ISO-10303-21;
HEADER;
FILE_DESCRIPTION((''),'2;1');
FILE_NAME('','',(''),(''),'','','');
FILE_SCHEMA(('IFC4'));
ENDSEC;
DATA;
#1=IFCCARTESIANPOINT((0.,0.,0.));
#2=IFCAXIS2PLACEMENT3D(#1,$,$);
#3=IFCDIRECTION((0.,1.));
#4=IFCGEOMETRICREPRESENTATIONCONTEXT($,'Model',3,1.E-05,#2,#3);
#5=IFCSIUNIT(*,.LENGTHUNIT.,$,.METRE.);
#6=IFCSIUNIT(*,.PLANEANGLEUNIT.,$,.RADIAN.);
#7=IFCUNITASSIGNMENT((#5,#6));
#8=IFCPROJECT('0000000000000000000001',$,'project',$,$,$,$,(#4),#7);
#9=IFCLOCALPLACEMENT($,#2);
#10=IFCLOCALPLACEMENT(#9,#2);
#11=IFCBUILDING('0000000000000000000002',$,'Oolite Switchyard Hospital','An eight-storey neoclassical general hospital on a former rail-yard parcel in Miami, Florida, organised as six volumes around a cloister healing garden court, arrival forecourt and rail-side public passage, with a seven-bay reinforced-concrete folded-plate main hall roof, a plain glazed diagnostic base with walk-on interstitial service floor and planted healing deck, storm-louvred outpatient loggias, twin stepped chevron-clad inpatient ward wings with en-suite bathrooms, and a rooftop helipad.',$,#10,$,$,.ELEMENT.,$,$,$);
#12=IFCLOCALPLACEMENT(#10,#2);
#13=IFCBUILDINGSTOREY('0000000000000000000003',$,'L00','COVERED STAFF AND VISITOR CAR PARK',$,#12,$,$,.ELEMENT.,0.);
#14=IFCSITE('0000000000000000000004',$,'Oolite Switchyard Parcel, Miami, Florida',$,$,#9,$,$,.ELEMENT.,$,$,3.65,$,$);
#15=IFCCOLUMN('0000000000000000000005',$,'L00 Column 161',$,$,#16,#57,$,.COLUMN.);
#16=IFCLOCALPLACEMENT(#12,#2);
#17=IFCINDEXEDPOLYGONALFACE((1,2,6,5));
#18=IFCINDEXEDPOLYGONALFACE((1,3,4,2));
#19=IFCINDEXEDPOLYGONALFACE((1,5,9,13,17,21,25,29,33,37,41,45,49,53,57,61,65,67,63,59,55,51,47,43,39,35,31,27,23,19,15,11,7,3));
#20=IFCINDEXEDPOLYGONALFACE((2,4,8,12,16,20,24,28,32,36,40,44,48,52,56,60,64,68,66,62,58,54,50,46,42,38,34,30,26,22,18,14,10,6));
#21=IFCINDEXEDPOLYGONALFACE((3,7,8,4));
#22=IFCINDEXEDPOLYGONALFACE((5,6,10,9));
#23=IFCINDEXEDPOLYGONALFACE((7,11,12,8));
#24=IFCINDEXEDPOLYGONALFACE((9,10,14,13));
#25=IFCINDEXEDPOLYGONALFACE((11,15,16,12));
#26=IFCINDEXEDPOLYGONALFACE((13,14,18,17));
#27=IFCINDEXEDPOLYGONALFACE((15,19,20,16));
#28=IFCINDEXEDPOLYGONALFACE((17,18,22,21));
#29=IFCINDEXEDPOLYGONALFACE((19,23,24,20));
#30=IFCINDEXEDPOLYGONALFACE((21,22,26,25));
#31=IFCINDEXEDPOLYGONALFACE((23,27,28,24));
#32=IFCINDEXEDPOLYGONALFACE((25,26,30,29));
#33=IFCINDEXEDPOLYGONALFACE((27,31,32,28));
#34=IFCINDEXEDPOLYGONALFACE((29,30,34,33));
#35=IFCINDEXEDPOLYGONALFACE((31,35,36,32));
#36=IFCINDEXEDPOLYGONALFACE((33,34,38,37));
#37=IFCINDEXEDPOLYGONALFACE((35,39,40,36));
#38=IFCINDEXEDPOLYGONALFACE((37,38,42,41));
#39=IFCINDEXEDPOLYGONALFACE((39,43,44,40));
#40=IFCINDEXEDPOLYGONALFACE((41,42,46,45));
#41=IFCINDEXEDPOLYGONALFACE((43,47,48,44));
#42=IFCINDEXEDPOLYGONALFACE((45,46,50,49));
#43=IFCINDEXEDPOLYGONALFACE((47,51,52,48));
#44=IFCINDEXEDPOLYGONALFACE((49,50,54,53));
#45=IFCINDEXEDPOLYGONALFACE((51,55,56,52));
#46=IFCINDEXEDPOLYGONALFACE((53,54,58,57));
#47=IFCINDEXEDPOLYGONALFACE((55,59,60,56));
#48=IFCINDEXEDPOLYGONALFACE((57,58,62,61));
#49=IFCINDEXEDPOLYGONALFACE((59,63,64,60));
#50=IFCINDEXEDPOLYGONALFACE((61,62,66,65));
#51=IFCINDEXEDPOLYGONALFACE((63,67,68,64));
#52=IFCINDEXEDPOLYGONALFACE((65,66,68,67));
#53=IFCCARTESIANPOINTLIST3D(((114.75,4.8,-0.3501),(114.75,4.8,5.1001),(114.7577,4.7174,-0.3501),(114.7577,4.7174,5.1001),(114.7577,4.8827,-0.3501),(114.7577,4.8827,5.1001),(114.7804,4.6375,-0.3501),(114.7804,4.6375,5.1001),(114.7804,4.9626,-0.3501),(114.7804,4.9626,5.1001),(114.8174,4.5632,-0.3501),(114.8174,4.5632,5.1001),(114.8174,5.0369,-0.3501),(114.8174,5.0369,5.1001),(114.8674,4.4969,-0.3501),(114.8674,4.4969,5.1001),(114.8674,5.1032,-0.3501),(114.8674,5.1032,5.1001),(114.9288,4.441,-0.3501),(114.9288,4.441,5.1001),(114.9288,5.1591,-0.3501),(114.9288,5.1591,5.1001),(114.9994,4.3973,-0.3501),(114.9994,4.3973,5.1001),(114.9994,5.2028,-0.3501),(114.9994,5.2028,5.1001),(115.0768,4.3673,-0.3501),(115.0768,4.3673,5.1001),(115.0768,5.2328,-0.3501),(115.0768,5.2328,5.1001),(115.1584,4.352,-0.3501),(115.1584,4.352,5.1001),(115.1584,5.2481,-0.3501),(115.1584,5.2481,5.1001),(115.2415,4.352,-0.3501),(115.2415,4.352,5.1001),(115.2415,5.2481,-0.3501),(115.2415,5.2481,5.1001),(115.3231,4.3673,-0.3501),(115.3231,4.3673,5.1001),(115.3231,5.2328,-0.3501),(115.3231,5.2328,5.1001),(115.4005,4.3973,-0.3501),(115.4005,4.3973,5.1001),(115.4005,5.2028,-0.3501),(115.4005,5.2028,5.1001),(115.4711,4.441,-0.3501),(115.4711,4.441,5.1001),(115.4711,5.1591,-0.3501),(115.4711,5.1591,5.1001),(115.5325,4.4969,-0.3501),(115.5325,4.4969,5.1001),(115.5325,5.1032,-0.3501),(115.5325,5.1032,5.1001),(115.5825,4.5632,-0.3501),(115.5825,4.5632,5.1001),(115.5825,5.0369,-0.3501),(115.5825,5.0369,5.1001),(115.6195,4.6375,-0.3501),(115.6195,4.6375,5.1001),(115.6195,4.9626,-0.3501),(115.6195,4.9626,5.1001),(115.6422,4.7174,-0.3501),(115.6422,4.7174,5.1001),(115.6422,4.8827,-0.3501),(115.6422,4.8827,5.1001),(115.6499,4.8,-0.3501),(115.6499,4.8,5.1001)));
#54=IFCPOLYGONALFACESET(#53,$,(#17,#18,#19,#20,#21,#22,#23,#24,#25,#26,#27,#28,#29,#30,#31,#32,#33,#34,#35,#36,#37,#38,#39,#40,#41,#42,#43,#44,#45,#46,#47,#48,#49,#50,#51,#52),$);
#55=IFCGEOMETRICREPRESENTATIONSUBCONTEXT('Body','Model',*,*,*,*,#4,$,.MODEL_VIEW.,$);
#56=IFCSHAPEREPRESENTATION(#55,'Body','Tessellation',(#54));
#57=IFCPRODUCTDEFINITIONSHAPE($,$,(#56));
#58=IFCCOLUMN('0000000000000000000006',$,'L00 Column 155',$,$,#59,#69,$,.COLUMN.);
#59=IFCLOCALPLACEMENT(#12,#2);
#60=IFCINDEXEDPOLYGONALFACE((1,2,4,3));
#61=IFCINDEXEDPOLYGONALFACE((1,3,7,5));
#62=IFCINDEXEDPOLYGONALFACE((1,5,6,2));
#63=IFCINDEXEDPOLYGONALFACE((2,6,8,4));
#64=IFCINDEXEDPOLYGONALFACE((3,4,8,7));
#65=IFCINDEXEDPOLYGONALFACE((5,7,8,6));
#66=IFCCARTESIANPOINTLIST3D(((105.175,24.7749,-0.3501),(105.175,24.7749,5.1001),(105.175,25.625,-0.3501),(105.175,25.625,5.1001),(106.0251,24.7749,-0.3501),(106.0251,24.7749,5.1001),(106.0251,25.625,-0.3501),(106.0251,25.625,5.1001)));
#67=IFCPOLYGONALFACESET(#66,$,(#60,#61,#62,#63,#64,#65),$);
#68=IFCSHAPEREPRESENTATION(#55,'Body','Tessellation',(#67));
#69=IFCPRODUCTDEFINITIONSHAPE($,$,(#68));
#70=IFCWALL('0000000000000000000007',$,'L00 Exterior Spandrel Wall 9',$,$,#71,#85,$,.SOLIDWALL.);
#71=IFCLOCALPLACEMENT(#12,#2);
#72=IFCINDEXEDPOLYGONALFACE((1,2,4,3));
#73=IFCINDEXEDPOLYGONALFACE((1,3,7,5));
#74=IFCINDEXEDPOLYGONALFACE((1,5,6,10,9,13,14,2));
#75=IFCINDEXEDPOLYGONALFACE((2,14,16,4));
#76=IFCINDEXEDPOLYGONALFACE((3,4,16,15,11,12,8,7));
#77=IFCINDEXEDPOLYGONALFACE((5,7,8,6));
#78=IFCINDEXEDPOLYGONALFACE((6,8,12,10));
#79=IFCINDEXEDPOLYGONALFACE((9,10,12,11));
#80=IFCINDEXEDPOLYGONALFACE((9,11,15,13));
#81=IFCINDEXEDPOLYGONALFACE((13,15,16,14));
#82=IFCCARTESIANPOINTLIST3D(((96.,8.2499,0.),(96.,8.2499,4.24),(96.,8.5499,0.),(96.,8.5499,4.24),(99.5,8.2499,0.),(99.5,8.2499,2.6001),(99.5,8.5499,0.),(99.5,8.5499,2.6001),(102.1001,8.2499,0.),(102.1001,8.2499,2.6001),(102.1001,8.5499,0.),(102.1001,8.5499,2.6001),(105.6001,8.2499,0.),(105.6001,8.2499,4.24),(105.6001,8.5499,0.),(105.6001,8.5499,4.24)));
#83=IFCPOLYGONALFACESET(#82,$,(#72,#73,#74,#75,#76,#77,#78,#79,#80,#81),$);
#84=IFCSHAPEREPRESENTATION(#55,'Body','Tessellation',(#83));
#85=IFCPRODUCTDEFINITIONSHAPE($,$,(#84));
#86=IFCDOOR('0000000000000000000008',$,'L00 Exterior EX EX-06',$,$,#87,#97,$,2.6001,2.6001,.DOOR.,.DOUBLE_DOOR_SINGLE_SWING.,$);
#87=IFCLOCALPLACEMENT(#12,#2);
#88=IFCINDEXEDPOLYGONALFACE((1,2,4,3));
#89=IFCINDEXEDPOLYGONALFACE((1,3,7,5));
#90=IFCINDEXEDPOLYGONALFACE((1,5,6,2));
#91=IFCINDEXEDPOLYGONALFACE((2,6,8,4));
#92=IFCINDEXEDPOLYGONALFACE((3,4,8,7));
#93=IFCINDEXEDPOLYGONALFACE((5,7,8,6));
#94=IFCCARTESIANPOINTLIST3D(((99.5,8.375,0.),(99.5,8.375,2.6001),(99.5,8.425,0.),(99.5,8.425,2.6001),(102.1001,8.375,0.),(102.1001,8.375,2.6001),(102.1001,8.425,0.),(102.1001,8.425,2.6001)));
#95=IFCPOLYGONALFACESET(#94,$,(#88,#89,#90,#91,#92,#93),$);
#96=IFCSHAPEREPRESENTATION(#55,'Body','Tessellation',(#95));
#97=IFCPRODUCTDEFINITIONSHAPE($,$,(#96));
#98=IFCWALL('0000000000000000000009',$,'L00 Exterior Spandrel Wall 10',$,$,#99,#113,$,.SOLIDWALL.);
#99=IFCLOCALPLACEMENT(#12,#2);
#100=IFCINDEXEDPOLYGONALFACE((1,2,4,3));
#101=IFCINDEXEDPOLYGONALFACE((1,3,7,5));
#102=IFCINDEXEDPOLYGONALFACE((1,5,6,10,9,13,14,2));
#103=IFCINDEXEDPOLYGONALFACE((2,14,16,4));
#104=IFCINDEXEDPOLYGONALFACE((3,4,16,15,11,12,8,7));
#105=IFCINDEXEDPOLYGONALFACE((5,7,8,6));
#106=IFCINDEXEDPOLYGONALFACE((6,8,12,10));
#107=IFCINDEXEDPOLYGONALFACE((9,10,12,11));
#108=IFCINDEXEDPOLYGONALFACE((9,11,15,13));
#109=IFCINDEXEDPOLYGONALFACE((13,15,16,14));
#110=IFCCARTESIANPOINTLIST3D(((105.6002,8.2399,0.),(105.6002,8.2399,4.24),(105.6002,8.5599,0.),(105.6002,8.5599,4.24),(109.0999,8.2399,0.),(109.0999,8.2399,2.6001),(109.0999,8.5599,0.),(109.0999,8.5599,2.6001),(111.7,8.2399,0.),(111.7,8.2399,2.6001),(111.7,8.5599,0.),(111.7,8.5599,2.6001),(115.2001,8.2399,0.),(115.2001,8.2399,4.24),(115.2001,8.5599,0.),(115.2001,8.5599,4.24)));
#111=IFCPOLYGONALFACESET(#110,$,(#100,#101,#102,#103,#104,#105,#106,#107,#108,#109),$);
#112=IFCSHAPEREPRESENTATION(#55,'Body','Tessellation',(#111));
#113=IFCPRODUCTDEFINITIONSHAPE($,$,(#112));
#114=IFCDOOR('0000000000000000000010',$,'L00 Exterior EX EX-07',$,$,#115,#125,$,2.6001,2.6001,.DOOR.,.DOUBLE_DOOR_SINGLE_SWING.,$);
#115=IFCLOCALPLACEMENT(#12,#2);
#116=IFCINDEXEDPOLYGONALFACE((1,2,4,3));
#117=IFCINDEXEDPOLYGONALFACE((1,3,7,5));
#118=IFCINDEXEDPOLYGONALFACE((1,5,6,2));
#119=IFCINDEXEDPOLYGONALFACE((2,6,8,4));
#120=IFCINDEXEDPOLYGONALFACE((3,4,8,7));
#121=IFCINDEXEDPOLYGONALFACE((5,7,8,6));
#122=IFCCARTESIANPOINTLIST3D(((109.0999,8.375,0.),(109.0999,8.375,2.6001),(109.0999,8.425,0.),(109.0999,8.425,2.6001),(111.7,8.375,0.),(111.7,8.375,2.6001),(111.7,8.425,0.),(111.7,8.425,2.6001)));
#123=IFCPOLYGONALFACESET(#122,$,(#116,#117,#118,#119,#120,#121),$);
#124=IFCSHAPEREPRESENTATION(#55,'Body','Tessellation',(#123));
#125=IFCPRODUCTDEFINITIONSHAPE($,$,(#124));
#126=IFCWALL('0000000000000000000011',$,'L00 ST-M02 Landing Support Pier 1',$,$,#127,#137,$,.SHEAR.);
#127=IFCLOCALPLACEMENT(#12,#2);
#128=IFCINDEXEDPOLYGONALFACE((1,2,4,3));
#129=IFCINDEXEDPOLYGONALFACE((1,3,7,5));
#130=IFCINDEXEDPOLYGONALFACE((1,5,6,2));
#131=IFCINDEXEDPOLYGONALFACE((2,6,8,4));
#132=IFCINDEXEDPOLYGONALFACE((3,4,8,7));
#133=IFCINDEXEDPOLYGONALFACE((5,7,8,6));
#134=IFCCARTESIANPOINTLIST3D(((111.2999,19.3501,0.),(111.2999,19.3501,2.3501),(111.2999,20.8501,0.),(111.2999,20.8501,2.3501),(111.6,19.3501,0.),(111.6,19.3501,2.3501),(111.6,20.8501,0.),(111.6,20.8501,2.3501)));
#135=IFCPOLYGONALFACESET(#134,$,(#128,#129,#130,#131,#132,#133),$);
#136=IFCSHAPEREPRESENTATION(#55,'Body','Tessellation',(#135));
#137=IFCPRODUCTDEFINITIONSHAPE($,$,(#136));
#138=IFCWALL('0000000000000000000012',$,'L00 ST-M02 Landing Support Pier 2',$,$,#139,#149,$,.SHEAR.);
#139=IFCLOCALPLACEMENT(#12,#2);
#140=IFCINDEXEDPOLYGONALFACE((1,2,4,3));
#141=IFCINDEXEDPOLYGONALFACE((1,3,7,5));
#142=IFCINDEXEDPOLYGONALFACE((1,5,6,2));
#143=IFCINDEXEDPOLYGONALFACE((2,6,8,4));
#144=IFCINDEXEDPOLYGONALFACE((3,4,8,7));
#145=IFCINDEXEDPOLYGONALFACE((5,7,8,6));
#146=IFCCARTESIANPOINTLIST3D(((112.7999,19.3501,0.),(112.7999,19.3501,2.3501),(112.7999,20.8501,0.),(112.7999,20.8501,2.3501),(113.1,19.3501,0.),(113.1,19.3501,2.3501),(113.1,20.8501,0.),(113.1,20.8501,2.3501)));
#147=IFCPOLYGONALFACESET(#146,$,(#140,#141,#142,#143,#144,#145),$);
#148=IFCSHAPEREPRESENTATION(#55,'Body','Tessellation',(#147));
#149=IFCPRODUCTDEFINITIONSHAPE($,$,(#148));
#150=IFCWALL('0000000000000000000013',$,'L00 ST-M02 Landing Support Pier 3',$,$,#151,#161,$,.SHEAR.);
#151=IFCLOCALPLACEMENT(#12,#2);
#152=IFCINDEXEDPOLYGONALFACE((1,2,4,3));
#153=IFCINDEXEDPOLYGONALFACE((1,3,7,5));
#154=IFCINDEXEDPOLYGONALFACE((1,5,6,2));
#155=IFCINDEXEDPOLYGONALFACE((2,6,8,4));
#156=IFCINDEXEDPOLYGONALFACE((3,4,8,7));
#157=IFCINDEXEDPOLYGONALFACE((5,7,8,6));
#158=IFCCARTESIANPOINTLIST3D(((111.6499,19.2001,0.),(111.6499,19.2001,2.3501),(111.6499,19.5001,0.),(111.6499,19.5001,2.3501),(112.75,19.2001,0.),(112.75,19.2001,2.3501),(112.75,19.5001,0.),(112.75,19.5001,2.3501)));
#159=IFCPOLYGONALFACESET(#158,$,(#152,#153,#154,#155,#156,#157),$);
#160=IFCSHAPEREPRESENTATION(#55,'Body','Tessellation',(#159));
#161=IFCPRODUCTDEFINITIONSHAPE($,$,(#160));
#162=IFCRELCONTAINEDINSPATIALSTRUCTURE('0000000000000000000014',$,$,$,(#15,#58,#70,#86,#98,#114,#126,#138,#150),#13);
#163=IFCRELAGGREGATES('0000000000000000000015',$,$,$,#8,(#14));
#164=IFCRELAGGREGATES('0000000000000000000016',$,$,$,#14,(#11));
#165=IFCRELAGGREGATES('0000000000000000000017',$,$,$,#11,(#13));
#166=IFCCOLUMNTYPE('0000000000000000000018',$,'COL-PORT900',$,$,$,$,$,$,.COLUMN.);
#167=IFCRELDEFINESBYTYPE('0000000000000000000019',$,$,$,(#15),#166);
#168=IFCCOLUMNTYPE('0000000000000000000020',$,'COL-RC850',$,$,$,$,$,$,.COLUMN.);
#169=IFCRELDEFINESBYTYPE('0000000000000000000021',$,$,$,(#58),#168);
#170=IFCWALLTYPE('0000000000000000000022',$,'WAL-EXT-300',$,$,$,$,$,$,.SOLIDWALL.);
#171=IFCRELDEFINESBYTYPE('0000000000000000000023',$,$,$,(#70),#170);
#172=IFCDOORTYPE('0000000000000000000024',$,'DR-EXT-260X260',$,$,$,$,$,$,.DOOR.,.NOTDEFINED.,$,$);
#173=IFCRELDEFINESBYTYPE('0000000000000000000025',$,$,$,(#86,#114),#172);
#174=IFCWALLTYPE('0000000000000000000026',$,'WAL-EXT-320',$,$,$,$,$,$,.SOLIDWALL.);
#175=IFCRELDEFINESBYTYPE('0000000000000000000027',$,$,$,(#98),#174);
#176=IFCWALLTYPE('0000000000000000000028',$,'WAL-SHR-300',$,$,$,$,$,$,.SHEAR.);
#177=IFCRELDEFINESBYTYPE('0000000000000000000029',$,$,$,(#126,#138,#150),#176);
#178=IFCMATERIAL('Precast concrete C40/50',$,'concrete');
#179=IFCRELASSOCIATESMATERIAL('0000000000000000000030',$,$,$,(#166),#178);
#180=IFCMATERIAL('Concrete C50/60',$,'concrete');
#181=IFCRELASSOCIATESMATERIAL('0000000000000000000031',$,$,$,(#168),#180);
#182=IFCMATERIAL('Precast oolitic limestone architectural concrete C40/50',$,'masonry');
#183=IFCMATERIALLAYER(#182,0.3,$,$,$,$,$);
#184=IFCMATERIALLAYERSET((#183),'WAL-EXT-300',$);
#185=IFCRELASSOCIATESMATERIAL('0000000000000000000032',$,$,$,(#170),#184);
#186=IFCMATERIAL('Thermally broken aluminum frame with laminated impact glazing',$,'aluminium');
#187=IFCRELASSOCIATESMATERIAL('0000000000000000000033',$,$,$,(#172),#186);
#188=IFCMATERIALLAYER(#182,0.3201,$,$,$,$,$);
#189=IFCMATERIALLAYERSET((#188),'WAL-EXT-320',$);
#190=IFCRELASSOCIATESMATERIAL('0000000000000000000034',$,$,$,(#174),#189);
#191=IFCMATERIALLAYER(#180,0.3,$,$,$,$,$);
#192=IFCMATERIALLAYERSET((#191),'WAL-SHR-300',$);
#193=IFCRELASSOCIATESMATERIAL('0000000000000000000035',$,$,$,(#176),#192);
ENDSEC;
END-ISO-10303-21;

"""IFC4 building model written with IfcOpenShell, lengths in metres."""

from ifc_helpers import new_model, si_unit, direction, frame, frame_2d, origin, origin_2d, place, context, subcontext, project, spatial, rectangle, circle, extrude, material, layer, layer_set, material_profile, profile_set, type_object, element, fill, save


model = new_model("IFC4")

# Units and contexts
model_context = context("Model", 3, precision=1e-05, world=origin(), true_north=direction((0.0, 1.0)))
body_context = subcontext(model_context, "Body", "Model", "MODEL_VIEW")
ifc_project = project(units=[si_unit("LENGTHUNIT", "METRE"), si_unit("PLANEANGLEUNIT", "RADIAN")], contexts=[model_context])

# Site, building, storey
site_placement = place(None, origin())
site = spatial("IfcSite", under=ifc_project, at=site_placement, Name="Oolite Switchyard Parcel, Miami, Florida", CompositionType="ELEMENT", RefElevation=3.65)
building_placement = place(site_placement, origin())
building = spatial("IfcBuilding", under=site, at=building_placement, Name="Oolite Switchyard Hospital", Description="An eight-storey neoclassical general hospital on a former rail-yard parcel in Miami, Florida, organised as six volumes around a cloister healing garden court, arrival forecourt and rail-side public passage, with a seven-bay reinforced-concrete folded-plate main hall roof, a plain glazed diagnostic base with walk-on interstitial service floor and planted healing deck, storm-louvred outpatient loggias, twin stepped chevron-clad inpatient ward wings with en-suite bathrooms, and a rooftop helipad.", CompositionType="ELEMENT")
storey_placement = place(building_placement, origin())
storey = spatial("IfcBuildingStorey", under=building, at=storey_placement, Name="L00", Description="COVERED STAFF AND VISITOR CAR PARK", CompositionType="ELEMENT", Elevation=0.0)

# Columns
ifc_material_1 = material(Name="Precast concrete C40/50", Category="concrete")
ifc_material_profile_1 = material_profile(ifc_material_1, circle(Radius=0.45, at=origin_2d()), Name="RCCOL900")
ifc_profile_set_1 = profile_set([ifc_material_profile_1], Name="Precast concrete C40/50")
column_type_1 = type_object("IfcColumnType", Name="COL-PORT900", PredefinedType="COLUMN", material=ifc_profile_set_1)
for number, where, z_axis, x_axis, name in (
    (1, (115.2, 4.8, -0.3501), (0.0, 0.0, 1.0), (1.0, 0.0, 0.0), "L00 Column 161"),
):
    element("IfcColumn", number, at=place(storey_placement, frame(where, z_axis=z_axis, x_axis=x_axis)), inside=storey, type_object=column_type_1, Name=name, PredefinedType="COLUMN", context=body_context, shape_type="SweptSolid", body=[
        extrude(circle(Radius=0.45, at=origin_2d()), origin(), (0.0, 0.0, 1.0), 5.4502),
    ])
ifc_material_2 = material(Name="Concrete C50/60", Category="concrete")
ifc_material_profile_2 = material_profile(ifc_material_2, rectangle(XDim=0.8501, YDim=0.8501, at=origin_2d()), Name="RC850X850")
ifc_profile_set_2 = profile_set([ifc_material_profile_2], Name="Concrete C50/60")
column_type_2 = type_object("IfcColumnType", Name="COL-RC850", PredefinedType="COLUMN", material=ifc_profile_set_2)
column_placement = place(storey_placement, frame((105.6001, 25.2, -0.3501), z_axis=(0.0, 0.0, 1.0), x_axis=(1.0, 0.0, 0.0)))
element("IfcColumn", 2, at=column_placement, inside=storey, type_object=column_type_2, Name="L00 Column 155", PredefinedType="COLUMN", context=body_context, shape_type="SweptSolid", body=[
    extrude(rectangle(XDim=0.8501, YDim=0.8501, at=origin_2d()), origin(), (0.0, 0.0, 1.0), 5.4502),
])

# Walls, openings, doors
ifc_material_3 = material(Name="Precast oolitic limestone architectural concrete C40/50", Category="masonry")
ifc_layer_1 = layer(ifc_material_3, 0.3)
ifc_layer_set_1 = layer_set([ifc_layer_1], Name="WAL-EXT-300")
wall_type_1 = type_object("IfcWallType", Name="WAL-EXT-300", PredefinedType="SOLIDWALL", material=ifc_layer_set_1)
wall_1_placement = place(storey_placement, frame((105.6001, 8.3999, 0.0), z_axis=(0.0, 0.0, 1.0), x_axis=(-1.0, 0.0, 0.0)))
wall_1 = element("IfcWall", 3, at=wall_1_placement, inside=storey, type_object=wall_type_1, Name="L00 Exterior Spandrel Wall 9", PredefinedType="SOLIDWALL", context=body_context, shape_type="SweptSolid", body=[
    extrude(rectangle(XDim=9.6001, YDim=0.3, at=frame_2d((4.8, 0.0))), origin(), (0.0, 0.0, 1.0), 4.24),
])
opening_1_placement = place(wall_1_placement, frame((3.5, 0.0, 0.0)))
opening_1 = element("IfcOpeningElement", 4, at=opening_1_placement, cuts=wall_1, PredefinedType="OPENING", context=body_context, shape_type="SweptSolid", body=[
    extrude(rectangle(XDim=2.6001, YDim=2.6001, at=frame_2d((1.3, 1.3))), frame((0.0, 0.1602, 0.0), z_axis=(0.0, -1.0, 0.0), x_axis=(1.0, 0.0, 0.0)), (0.0, 0.0, 1.0), 0.3201),
])
ifc_material_4 = material(Name="Thermally broken aluminum frame with laminated impact glazing", Category="aluminium")
door_type = type_object("IfcDoorType", Name="DR-EXT-260X260", OperationType="NOTDEFINED", PredefinedType="DOOR", material=ifc_material_4)
door_1_placement = place(opening_1_placement, origin())
door_1 = element("IfcDoor", 5, at=door_1_placement, inside=storey, type_object=door_type, Name="L00 Exterior EX EX-06", OperationType="DOUBLE_DOOR_SINGLE_SWING", OverallHeight=2.6001, OverallWidth=2.6001, PredefinedType="DOOR", context=body_context, shape_type="SweptSolid", body=[
    extrude(rectangle(XDim=2.6001, YDim=2.6001, at=frame_2d((1.3, 1.3))), frame((0.0, 0.0249, 0.0), z_axis=(0.0, -1.0, 0.0), x_axis=(1.0, 0.0, 0.0)), (0.0, 0.0, 1.0), 0.05),
])
fill(opening_1, door_1)
ifc_layer_2 = layer(ifc_material_3, 0.3201)
ifc_layer_set_2 = layer_set([ifc_layer_2], Name="WAL-EXT-320")
wall_type_2 = type_object("IfcWallType", Name="WAL-EXT-320", PredefinedType="SOLIDWALL", material=ifc_layer_set_2)
wall_2_placement = place(storey_placement, frame((115.2, 8.3999, 0.0), z_axis=(0.0, 0.0, 1.0), x_axis=(-1.0, 0.0, 0.0)))
wall_2 = element("IfcWall", 6, at=wall_2_placement, inside=storey, type_object=wall_type_2, Name="L00 Exterior Spandrel Wall 10", PredefinedType="SOLIDWALL", context=body_context, shape_type="SweptSolid", body=[
    extrude(rectangle(XDim=9.5999, YDim=0.3201, at=frame_2d((4.7998, 0.0))), origin(), (0.0, 0.0, 1.0), 4.24),
])
opening_2_placement = place(wall_2_placement, frame((3.5, 0.0, 0.0)))
opening_2 = element("IfcOpeningElement", 7, at=opening_2_placement, cuts=wall_2, PredefinedType="OPENING", context=body_context, shape_type="SweptSolid", body=[
    extrude(rectangle(XDim=2.6001, YDim=2.6001, at=frame_2d((1.3, 1.3))), frame((0.0, 0.1699, 0.0), z_axis=(0.0, -1.0, 0.0), x_axis=(1.0, 0.0, 0.0)), (0.0, 0.0, 1.0), 0.3401),
])
door_2_placement = place(opening_2_placement, origin())
door_2 = element("IfcDoor", 8, at=door_2_placement, inside=storey, type_object=door_type, Name="L00 Exterior EX EX-07", OperationType="DOUBLE_DOOR_SINGLE_SWING", OverallHeight=2.6001, OverallWidth=2.6001, PredefinedType="DOOR", context=body_context, shape_type="SweptSolid", body=[
    extrude(rectangle(XDim=2.6001, YDim=2.6001, at=frame_2d((1.3, 1.3))), frame((0.0, 0.0249, 0.0), z_axis=(0.0, -1.0, 0.0), x_axis=(1.0, 0.0, 0.0)), (0.0, 0.0, 1.0), 0.05),
])
fill(opening_2, door_2)

# Walls
ifc_layer_3 = layer(ifc_material_2, 0.3)
ifc_layer_set_3 = layer_set([ifc_layer_3], Name="WAL-SHR-300")
wall_type_3 = type_object("IfcWallType", Name="WAL-SHR-300", PredefinedType="SHEAR", material=ifc_layer_set_3)
for number, where, z_axis, x_axis, name in (
    (9, (111.45, 19.3501, 0.0), (0.0, 0.0, 1.0), (0.0, 1.0, 0.0), "L00 ST-M02 Landing Support Pier 1"),
    (10, (112.95, 19.3501, 0.0), (0.0, 0.0, 1.0), (0.0, 1.0, 0.0), "L00 ST-M02 Landing Support Pier 2"),
):
    element("IfcWall", number, at=place(storey_placement, frame(where, z_axis=z_axis, x_axis=x_axis)), inside=storey, type_object=wall_type_3, Name=name, PredefinedType="SHEAR", context=body_context, shape_type="SweptSolid", body=[
        extrude(rectangle(XDim=1.5, YDim=0.3, at=frame_2d((0.75, 0.0))), origin(), (0.0, 0.0, 1.0), 2.3501),
    ])
wall_3_placement = place(storey_placement, frame((111.6499, 19.3501, 0.0), z_axis=(0.0, 0.0, 1.0), x_axis=(1.0, 0.0, 0.0)))
element("IfcWall", 11, at=wall_3_placement, inside=storey, type_object=wall_type_3, Name="L00 ST-M02 Landing Support Pier 3", PredefinedType="SHEAR", context=body_context, shape_type="SweptSolid", body=[
    extrude(rectangle(XDim=1.1001, YDim=0.3, at=frame_2d((0.55, 0.0))), origin(), (0.0, 0.0, 1.0), 2.3501),
])

save(model, "model.ifc")
